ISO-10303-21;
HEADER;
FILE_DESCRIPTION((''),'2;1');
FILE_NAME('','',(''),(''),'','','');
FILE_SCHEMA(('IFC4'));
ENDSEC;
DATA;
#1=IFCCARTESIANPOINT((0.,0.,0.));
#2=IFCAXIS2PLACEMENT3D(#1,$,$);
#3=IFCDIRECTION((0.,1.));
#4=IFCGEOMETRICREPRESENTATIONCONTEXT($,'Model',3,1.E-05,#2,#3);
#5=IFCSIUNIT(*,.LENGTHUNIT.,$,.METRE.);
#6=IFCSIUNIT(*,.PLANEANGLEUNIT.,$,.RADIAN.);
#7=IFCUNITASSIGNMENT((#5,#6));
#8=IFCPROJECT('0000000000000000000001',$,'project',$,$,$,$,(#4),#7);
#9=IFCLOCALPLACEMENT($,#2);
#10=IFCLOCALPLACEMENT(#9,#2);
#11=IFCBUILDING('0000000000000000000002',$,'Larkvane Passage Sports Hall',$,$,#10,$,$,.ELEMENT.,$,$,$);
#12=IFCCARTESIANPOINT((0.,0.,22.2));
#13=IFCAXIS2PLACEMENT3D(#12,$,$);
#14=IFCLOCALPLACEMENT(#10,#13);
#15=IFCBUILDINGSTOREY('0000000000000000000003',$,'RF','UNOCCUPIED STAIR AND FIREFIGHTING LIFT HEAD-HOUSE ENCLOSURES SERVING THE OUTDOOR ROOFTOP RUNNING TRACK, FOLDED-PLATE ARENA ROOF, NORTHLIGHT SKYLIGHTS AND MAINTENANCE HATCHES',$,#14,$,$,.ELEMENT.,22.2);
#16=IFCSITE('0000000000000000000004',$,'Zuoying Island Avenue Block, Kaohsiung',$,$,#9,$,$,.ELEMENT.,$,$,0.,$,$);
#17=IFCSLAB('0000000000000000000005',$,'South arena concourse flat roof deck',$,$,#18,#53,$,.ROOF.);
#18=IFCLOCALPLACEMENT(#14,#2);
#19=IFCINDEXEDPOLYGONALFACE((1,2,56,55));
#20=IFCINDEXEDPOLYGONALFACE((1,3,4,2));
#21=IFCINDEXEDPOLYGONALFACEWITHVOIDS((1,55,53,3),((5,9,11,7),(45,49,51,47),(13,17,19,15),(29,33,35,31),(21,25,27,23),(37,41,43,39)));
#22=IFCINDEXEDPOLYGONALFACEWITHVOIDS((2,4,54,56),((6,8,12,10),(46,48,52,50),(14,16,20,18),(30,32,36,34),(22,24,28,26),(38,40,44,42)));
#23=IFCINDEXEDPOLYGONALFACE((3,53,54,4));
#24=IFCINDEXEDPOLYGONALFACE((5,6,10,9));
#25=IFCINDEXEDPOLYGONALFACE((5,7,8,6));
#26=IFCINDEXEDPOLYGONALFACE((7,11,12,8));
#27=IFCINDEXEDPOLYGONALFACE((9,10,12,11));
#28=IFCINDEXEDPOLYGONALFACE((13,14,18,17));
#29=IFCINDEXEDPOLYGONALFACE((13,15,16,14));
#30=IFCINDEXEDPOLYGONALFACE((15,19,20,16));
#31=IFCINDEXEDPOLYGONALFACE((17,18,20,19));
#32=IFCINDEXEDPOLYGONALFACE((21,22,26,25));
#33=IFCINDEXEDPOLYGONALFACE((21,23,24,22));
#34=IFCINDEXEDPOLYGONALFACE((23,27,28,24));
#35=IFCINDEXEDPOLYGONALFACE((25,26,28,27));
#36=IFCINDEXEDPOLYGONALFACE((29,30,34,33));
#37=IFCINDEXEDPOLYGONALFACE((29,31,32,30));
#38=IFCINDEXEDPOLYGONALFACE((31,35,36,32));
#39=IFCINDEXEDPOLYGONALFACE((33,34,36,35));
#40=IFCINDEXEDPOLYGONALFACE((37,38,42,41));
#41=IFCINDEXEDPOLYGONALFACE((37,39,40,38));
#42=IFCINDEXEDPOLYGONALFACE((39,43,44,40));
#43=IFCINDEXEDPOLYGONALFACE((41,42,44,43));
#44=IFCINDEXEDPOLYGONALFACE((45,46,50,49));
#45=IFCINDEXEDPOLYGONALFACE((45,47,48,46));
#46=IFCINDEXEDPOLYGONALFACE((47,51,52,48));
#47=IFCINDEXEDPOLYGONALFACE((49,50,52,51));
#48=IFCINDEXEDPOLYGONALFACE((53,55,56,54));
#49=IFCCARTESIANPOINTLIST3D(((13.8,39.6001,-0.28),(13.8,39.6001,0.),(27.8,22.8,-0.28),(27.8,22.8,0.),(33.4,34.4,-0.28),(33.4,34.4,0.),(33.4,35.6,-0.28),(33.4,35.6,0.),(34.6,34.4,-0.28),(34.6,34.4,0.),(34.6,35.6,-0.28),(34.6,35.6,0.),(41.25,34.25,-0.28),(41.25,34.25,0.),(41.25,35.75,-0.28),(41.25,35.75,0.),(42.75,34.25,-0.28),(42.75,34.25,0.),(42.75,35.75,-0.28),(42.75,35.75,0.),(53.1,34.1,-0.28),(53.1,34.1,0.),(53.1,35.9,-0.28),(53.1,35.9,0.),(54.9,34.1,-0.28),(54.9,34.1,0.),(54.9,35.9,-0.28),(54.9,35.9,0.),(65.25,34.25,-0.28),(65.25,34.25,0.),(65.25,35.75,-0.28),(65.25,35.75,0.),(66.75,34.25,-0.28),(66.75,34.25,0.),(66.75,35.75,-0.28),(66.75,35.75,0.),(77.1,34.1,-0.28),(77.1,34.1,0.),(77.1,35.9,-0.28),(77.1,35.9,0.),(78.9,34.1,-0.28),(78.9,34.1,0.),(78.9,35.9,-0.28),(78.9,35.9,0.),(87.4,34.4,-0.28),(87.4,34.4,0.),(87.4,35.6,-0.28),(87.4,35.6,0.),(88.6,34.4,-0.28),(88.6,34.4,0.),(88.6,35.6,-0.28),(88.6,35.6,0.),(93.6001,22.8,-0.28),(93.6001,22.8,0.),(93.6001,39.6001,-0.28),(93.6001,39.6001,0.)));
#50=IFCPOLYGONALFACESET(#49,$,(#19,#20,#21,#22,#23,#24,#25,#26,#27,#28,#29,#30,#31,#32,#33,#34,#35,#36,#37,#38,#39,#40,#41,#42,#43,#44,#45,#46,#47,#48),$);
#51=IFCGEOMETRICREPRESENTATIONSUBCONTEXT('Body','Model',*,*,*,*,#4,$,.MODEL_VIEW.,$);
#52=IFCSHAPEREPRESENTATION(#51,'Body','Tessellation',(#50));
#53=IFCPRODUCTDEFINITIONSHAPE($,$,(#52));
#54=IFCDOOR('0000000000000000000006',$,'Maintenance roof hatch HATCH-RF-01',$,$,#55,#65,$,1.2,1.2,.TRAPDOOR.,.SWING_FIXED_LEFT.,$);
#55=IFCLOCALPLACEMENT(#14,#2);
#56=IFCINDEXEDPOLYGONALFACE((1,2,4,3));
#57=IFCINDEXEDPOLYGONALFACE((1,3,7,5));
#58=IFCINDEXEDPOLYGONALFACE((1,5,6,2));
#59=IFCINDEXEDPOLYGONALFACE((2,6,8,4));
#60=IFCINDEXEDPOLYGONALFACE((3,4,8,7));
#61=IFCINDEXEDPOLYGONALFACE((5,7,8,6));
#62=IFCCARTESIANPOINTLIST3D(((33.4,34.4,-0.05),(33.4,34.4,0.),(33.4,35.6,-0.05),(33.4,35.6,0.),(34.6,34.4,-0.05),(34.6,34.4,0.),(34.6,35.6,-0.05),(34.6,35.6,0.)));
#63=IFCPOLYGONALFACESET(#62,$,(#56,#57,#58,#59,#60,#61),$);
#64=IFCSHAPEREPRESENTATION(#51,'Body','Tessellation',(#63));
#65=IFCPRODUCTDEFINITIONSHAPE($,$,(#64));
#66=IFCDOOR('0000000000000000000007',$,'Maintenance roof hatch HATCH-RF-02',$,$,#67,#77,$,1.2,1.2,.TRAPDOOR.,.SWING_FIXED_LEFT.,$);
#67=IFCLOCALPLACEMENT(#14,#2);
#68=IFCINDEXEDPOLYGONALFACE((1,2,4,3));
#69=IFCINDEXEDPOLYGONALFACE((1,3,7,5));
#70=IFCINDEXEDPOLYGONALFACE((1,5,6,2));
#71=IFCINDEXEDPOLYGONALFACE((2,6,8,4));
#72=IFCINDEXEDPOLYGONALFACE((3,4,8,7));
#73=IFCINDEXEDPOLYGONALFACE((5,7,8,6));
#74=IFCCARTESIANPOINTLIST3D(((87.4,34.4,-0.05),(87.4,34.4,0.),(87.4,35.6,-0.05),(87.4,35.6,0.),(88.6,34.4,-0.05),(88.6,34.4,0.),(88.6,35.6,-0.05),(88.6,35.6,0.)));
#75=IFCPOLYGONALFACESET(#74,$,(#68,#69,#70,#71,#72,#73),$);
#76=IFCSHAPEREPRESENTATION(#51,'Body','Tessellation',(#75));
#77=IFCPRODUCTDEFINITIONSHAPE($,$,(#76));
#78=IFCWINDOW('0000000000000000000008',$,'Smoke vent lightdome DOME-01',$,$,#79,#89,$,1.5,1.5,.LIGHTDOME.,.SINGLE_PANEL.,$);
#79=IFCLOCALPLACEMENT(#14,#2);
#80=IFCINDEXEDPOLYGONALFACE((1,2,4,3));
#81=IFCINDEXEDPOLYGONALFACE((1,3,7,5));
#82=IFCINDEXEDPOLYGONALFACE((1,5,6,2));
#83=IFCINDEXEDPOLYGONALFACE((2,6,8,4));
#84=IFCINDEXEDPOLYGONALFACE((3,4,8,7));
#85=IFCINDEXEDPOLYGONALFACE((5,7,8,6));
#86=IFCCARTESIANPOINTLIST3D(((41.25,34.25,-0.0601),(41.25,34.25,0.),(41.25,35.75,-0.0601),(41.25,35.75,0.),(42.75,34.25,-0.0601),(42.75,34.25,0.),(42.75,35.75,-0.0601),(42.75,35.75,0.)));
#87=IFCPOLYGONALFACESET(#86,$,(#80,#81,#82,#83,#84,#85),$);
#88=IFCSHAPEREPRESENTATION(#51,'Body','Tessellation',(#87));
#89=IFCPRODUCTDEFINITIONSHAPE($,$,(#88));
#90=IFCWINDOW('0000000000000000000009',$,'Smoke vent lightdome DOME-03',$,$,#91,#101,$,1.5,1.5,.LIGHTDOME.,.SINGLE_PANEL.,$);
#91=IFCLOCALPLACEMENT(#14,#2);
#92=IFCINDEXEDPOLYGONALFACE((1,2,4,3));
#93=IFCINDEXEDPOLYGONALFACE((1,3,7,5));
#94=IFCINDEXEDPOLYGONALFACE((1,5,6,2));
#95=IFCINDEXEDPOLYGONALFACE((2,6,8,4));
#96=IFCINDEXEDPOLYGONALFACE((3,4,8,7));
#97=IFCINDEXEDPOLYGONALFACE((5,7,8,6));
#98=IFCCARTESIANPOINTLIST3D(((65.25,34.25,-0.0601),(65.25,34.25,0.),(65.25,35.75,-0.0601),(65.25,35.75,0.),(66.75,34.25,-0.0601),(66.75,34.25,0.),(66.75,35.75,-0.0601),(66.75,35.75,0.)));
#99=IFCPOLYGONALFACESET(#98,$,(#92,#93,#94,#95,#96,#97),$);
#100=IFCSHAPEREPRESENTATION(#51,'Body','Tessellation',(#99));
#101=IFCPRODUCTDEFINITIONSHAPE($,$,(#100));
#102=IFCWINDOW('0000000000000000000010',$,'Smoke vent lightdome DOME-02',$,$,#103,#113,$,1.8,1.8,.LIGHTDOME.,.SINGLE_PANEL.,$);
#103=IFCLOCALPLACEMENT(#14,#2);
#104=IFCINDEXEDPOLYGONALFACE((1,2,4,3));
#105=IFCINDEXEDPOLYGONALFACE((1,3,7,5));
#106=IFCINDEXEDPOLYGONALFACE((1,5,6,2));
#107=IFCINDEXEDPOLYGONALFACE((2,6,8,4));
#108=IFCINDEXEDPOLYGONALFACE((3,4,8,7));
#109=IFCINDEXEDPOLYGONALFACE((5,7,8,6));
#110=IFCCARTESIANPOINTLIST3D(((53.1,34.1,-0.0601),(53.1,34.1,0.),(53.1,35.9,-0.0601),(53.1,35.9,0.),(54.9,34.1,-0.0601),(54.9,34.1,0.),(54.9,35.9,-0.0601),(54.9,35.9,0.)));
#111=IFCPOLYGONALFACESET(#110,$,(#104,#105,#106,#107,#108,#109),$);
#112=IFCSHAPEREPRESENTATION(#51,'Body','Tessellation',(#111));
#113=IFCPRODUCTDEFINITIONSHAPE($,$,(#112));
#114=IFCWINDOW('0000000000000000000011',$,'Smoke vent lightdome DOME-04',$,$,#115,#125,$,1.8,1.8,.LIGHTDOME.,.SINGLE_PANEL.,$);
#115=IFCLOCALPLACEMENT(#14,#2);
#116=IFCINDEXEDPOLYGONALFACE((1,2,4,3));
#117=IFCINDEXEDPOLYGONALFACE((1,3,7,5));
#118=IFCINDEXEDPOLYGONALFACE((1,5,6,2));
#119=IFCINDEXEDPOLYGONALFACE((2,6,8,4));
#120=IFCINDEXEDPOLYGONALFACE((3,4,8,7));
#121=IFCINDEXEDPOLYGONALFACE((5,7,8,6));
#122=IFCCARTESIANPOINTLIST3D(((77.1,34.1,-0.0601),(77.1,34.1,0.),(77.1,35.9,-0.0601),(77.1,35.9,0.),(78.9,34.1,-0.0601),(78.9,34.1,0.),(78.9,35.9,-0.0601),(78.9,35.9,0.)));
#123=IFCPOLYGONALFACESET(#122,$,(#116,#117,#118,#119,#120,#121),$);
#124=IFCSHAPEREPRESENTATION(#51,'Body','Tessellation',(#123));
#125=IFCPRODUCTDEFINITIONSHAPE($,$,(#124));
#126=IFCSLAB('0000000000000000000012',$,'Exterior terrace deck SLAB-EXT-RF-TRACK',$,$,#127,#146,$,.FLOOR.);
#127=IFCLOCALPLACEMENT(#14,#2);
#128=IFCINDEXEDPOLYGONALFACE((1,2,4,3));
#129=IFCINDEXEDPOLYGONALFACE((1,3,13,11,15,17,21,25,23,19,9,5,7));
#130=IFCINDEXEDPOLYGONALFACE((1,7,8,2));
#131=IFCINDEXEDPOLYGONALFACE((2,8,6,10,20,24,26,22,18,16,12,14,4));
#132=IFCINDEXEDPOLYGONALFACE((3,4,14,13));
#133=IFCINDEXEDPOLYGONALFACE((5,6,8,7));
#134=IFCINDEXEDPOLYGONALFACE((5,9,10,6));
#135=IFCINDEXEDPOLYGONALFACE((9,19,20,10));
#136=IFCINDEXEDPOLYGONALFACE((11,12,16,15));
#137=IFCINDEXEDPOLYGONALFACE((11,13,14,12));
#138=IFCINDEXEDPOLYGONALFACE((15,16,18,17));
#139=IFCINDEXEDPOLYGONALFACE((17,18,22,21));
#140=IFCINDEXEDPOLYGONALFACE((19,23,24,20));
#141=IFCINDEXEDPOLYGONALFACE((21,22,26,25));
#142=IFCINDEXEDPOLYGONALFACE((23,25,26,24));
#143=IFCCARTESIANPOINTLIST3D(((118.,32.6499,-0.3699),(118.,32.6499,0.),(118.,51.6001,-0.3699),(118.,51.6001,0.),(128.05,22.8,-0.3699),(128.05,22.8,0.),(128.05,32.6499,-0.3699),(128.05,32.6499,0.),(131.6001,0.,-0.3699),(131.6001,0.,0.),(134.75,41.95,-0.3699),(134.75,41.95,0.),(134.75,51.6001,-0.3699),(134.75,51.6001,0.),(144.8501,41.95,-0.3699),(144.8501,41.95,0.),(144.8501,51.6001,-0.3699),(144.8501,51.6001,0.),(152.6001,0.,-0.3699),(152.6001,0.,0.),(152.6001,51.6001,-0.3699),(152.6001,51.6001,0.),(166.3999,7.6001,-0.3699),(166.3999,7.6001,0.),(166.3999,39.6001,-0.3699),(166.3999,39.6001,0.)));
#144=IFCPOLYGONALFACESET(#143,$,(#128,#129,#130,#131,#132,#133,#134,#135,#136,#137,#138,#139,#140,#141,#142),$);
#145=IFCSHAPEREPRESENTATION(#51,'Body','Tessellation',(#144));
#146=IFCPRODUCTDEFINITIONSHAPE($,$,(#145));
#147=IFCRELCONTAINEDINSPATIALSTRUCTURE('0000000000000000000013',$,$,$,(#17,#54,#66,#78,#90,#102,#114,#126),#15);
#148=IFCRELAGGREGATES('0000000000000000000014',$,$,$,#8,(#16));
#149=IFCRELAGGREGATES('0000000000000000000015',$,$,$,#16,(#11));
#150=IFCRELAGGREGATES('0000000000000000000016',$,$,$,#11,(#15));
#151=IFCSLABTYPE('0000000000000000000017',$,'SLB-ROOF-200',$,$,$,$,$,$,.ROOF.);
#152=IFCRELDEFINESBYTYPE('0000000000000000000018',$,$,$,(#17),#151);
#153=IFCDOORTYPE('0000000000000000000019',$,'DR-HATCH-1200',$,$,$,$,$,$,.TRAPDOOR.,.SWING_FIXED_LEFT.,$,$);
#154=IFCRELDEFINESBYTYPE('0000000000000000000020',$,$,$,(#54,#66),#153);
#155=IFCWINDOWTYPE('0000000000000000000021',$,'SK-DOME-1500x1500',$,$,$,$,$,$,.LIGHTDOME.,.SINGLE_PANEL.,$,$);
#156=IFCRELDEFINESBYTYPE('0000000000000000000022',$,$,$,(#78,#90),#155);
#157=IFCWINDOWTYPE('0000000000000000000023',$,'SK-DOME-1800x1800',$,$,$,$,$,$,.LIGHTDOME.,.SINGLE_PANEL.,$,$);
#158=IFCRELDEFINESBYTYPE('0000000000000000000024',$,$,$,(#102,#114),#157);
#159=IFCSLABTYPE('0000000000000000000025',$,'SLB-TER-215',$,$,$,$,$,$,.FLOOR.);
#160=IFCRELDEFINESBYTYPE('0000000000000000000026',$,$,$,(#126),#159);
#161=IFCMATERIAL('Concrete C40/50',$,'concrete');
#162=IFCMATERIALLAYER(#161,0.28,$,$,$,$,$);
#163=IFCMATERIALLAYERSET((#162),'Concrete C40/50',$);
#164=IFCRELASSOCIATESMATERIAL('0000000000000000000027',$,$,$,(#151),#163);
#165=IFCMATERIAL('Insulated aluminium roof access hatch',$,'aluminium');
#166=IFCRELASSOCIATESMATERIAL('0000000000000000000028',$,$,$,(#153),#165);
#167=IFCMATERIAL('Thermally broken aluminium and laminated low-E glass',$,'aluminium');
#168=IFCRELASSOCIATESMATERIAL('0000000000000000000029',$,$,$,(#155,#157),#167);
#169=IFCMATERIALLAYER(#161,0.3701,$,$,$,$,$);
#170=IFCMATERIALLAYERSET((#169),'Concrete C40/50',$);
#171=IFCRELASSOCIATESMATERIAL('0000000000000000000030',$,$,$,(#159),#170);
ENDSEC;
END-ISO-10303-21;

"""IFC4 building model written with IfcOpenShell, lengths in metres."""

from ifc_helpers import new_model, si_unit, direction, frame, origin, origin_2d, place, context, subcontext, project, spatial, polyline, rectangle, outline, extrude, material, layer, layer_set, type_object, element, fill, save


model = new_model("IFC4")

# Units and contexts
model_context = context("Model", 3, precision=1e-05, world=origin(), true_north=direction((0.0, 1.0)))
body_context = subcontext(model_context, "Body", "Model", "MODEL_VIEW")
ifc_project = project(units=[si_unit("LENGTHUNIT", "METRE"), si_unit("PLANEANGLEUNIT", "RADIAN")], contexts=[model_context])

# Site, building, storey
site_placement = place(None, origin())
site = spatial("IfcSite", under=ifc_project, at=site_placement, Name="Zuoying Island Avenue Block, Kaohsiung", CompositionType="ELEMENT", RefElevation=0.0)
building_placement = place(site_placement, origin())
building = spatial("IfcBuilding", under=site, at=building_placement, Name="Larkvane Passage Sports Hall", CompositionType="ELEMENT")
storey_placement = place(building_placement, frame((0.0, 0.0, 22.2)))
storey = spatial("IfcBuildingStorey", under=building, at=storey_placement, Name="RF", Description="UNOCCUPIED STAIR AND FIREFIGHTING LIFT HEAD-HOUSE ENCLOSURES SERVING THE OUTDOOR ROOFTOP RUNNING TRACK, FOLDED-PLATE ARENA ROOF, NORTHLIGHT SKYLIGHTS AND MAINTENANCE HATCHES", CompositionType="ELEMENT", Elevation=22.2)

# Slab, openings, doors, windows
ifc_material_1 = material(Name="Concrete C40/50", Category="concrete")
ifc_layer_1 = layer(ifc_material_1, 0.28)
ifc_layer_set_1 = layer_set([ifc_layer_1], Name="Concrete C40/50")
slab_type_1 = type_object("IfcSlabType", Name="SLB-ROOF-200", PredefinedType="ROOF", material=ifc_layer_set_1)
slab_1_placement = place(storey_placement, frame((0.0, 0.0, -0.28)))
slab_1 = element("IfcSlab", 1, at=slab_1_placement, inside=storey, type_object=slab_type_1, Name="South arena concourse flat roof deck", PredefinedType="ROOF", context=body_context, shape_type="SweptSolid", body=[
    extrude(outline(polyline([(13.8, 39.6001), (27.8, 22.8), (93.6001, 22.8), (93.6001, 39.6001), (13.8, 39.6001)])), origin(), (0.0, 0.0, 1.0), 0.28),
])
opening_1_placement = place(slab_1_placement, frame((42.0, 35.0, -0.01), z_axis=(0.0, 0.0, 1.0), x_axis=(1.0, 0.0, 0.0)))
opening_1 = element("IfcOpeningElement", 2, at=opening_1_placement, cuts=slab_1, PredefinedType="OPENING", context=body_context, shape_type="SweptSolid", body=[
    extrude(rectangle(XDim=1.5, YDim=1.5, at=origin_2d()), origin(), (0.0, 0.0, 1.0), 0.3),
])
opening_2_placement = place(slab_1_placement, frame((54.0, 35.0, -0.01), z_axis=(0.0, 0.0, 1.0), x_axis=(1.0, 0.0, 0.0)))
opening_2 = element("IfcOpeningElement", 3, at=opening_2_placement, cuts=slab_1, PredefinedType="OPENING", context=body_context, shape_type="SweptSolid", body=[
    extrude(rectangle(XDim=1.8, YDim=1.8, at=origin_2d()), origin(), (0.0, 0.0, 1.0), 0.3),
])
opening_3_placement = place(slab_1_placement, frame((66.0, 35.0, -0.01), z_axis=(0.0, 0.0, 1.0), x_axis=(1.0, 0.0, 0.0)))
opening_3 = element("IfcOpeningElement", 4, at=opening_3_placement, cuts=slab_1, PredefinedType="OPENING", context=body_context, shape_type="SweptSolid", body=[
    extrude(rectangle(XDim=1.5, YDim=1.5, at=origin_2d()), origin(), (0.0, 0.0, 1.0), 0.3),
])
opening_4_placement = place(slab_1_placement, frame((78.0, 35.0, -0.01), z_axis=(0.0, 0.0, 1.0), x_axis=(1.0, 0.0, 0.0)))
opening_4 = element("IfcOpeningElement", 5, at=opening_4_placement, cuts=slab_1, PredefinedType="OPENING", context=body_context, shape_type="SweptSolid", body=[
    extrude(rectangle(XDim=1.8, YDim=1.8, at=origin_2d()), origin(), (0.0, 0.0, 1.0), 0.3),
])
opening_5_placement = place(slab_1_placement, frame((34.0, 35.0, -0.01), z_axis=(0.0, 0.0, 1.0), x_axis=(1.0, 0.0, 0.0)))
opening_5 = element("IfcOpeningElement", 6, at=opening_5_placement, cuts=slab_1, PredefinedType="OPENING", context=body_context, shape_type="SweptSolid", body=[
    extrude(rectangle(XDim=1.2, YDim=1.2, at=origin_2d()), origin(), (0.0, 0.0, 1.0), 0.3),
])
opening_6_placement = place(slab_1_placement, frame((88.0, 35.0, -0.01), z_axis=(0.0, 0.0, 1.0), x_axis=(1.0, 0.0, 0.0)))
opening_6 = element("IfcOpeningElement", 7, at=opening_6_placement, cuts=slab_1, PredefinedType="OPENING", context=body_context, shape_type="SweptSolid", body=[
    extrude(rectangle(XDim=1.2, YDim=1.2, at=origin_2d()), origin(), (0.0, 0.0, 1.0), 0.3),
])
ifc_material_2 = material(Name="Insulated aluminium roof access hatch", Category="aluminium")
door_type = type_object("IfcDoorType", Name="DR-HATCH-1200", OperationType="SWING_FIXED_LEFT", PredefinedType="TRAPDOOR", material=ifc_material_2)
door_1_placement = place(slab_1_placement, frame((34.0, 35.0, 0.23), z_axis=(0.0, 0.0, 1.0), x_axis=(1.0, 0.0, 0.0)))
door_1 = element("IfcDoor", 8, at=door_1_placement, inside=storey, type_object=door_type, Name="Maintenance roof hatch HATCH-RF-01", OperationType="SWING_FIXED_LEFT", OverallHeight=1.2, OverallWidth=1.2, PredefinedType="TRAPDOOR", context=body_context, shape_type="SweptSolid", body=[
    extrude(rectangle(XDim=1.2, YDim=1.2, at=origin_2d()), origin(), (0.0, 0.0, 1.0), 0.05),
])
fill(opening_5, door_1)
door_2_placement = place(slab_1_placement, frame((88.0, 35.0, 0.23), z_axis=(0.0, 0.0, 1.0), x_axis=(1.0, 0.0, 0.0)))
door_2 = element("IfcDoor", 9, at=door_2_placement, inside=storey, type_object=door_type, Name="Maintenance roof hatch HATCH-RF-02", OperationType="SWING_FIXED_LEFT", OverallHeight=1.2, OverallWidth=1.2, PredefinedType="TRAPDOOR", context=body_context, shape_type="SweptSolid", body=[
    extrude(rectangle(XDim=1.2, YDim=1.2, at=origin_2d()), origin(), (0.0, 0.0, 1.0), 0.05),
])
fill(opening_6, door_2)
ifc_material_3 = material(Name="Thermally broken aluminium and laminated low-E glass", Category="aluminium")
window_type_1 = type_object("IfcWindowType", Name="SK-DOME-1500x1500", PartitioningType="SINGLE_PANEL", PredefinedType="LIGHTDOME", material=ifc_material_3)
window_1_placement = place(slab_1_placement, frame((42.0, 35.0, 0.22), z_axis=(0.0, 0.0, 1.0), x_axis=(1.0, 0.0, 0.0)))
window_1 = element("IfcWindow", 10, at=window_1_placement, inside=storey, type_object=window_type_1, Name="Smoke vent lightdome DOME-01", OverallHeight=1.5, OverallWidth=1.5, PartitioningType="SINGLE_PANEL", PredefinedType="LIGHTDOME", context=body_context, shape_type="SweptSolid", body=[
    extrude(rectangle(XDim=1.5, YDim=1.5, at=origin_2d()), origin(), (0.0, 0.0, 1.0), 0.0601),
])
fill(opening_1, window_1)
window_2_placement = place(slab_1_placement, frame((66.0, 35.0, 0.22), z_axis=(0.0, 0.0, 1.0), x_axis=(1.0, 0.0, 0.0)))
window_2 = element("IfcWindow", 11, at=window_2_placement, inside=storey, type_object=window_type_1, Name="Smoke vent lightdome DOME-03", OverallHeight=1.5, OverallWidth=1.5, PartitioningType="SINGLE_PANEL", PredefinedType="LIGHTDOME", context=body_context, shape_type="SweptSolid", body=[
    extrude(rectangle(XDim=1.5, YDim=1.5, at=origin_2d()), origin(), (0.0, 0.0, 1.0), 0.0601),
])
fill(opening_3, window_2)
window_type_2 = type_object("IfcWindowType", Name="SK-DOME-1800x1800", PartitioningType="SINGLE_PANEL", PredefinedType="LIGHTDOME", material=ifc_material_3)
window_3_placement = place(slab_1_placement, frame((54.0, 35.0, 0.22), z_axis=(0.0, 0.0, 1.0), x_axis=(1.0, 0.0, 0.0)))
window_3 = element("IfcWindow", 12, at=window_3_placement, inside=storey, type_object=window_type_2, Name="Smoke vent lightdome DOME-02", OverallHeight=1.8, OverallWidth=1.8, PartitioningType="SINGLE_PANEL", PredefinedType="LIGHTDOME", context=body_context, shape_type="SweptSolid", body=[
    extrude(rectangle(XDim=1.8, YDim=1.8, at=origin_2d()), origin(), (0.0, 0.0, 1.0), 0.0601),
])
fill(opening_2, window_3)
window_4_placement = place(slab_1_placement, frame((78.0, 35.0, 0.22), z_axis=(0.0, 0.0, 1.0), x_axis=(1.0, 0.0, 0.0)))
window_4 = element("IfcWindow", 13, at=window_4_placement, inside=storey, type_object=window_type_2, Name="Smoke vent lightdome DOME-04", OverallHeight=1.8, OverallWidth=1.8, PartitioningType="SINGLE_PANEL", PredefinedType="LIGHTDOME", context=body_context, shape_type="SweptSolid", body=[
    extrude(rectangle(XDim=1.8, YDim=1.8, at=origin_2d()), origin(), (0.0, 0.0, 1.0), 0.0601),
])
fill(opening_4, window_4)

# Slab
ifc_layer_2 = layer(ifc_material_1, 0.3701)
ifc_layer_set_2 = layer_set([ifc_layer_2], Name="Concrete C40/50")
slab_type_2 = type_object("IfcSlabType", Name="SLB-TER-215", PredefinedType="FLOOR", material=ifc_layer_set_2)
slab_2_placement = place(storey_placement, frame((0.0, 0.0, -0.3699)))
element("IfcSlab", 14, at=slab_2_placement, inside=storey, type_object=slab_type_2, Name="Exterior terrace deck SLAB-EXT-RF-TRACK", PredefinedType="FLOOR", context=body_context, shape_type="SweptSolid", body=[
    extrude(outline(polyline([(128.05, 22.8), (131.6001, 0.0), (152.6001, 0.0), (166.3999, 7.6001), (166.3999, 39.6001), (152.6001, 51.6001), (144.8501, 51.6001), (144.8501, 41.95), (134.75, 41.95), (134.75, 51.6001), (118.0, 51.6001), (118.0, 32.6499), (128.05, 32.6499), (128.05, 22.8)])), origin(), (0.0, 0.0, 1.0), 0.3699),
])

save(model, "model.ifc")
